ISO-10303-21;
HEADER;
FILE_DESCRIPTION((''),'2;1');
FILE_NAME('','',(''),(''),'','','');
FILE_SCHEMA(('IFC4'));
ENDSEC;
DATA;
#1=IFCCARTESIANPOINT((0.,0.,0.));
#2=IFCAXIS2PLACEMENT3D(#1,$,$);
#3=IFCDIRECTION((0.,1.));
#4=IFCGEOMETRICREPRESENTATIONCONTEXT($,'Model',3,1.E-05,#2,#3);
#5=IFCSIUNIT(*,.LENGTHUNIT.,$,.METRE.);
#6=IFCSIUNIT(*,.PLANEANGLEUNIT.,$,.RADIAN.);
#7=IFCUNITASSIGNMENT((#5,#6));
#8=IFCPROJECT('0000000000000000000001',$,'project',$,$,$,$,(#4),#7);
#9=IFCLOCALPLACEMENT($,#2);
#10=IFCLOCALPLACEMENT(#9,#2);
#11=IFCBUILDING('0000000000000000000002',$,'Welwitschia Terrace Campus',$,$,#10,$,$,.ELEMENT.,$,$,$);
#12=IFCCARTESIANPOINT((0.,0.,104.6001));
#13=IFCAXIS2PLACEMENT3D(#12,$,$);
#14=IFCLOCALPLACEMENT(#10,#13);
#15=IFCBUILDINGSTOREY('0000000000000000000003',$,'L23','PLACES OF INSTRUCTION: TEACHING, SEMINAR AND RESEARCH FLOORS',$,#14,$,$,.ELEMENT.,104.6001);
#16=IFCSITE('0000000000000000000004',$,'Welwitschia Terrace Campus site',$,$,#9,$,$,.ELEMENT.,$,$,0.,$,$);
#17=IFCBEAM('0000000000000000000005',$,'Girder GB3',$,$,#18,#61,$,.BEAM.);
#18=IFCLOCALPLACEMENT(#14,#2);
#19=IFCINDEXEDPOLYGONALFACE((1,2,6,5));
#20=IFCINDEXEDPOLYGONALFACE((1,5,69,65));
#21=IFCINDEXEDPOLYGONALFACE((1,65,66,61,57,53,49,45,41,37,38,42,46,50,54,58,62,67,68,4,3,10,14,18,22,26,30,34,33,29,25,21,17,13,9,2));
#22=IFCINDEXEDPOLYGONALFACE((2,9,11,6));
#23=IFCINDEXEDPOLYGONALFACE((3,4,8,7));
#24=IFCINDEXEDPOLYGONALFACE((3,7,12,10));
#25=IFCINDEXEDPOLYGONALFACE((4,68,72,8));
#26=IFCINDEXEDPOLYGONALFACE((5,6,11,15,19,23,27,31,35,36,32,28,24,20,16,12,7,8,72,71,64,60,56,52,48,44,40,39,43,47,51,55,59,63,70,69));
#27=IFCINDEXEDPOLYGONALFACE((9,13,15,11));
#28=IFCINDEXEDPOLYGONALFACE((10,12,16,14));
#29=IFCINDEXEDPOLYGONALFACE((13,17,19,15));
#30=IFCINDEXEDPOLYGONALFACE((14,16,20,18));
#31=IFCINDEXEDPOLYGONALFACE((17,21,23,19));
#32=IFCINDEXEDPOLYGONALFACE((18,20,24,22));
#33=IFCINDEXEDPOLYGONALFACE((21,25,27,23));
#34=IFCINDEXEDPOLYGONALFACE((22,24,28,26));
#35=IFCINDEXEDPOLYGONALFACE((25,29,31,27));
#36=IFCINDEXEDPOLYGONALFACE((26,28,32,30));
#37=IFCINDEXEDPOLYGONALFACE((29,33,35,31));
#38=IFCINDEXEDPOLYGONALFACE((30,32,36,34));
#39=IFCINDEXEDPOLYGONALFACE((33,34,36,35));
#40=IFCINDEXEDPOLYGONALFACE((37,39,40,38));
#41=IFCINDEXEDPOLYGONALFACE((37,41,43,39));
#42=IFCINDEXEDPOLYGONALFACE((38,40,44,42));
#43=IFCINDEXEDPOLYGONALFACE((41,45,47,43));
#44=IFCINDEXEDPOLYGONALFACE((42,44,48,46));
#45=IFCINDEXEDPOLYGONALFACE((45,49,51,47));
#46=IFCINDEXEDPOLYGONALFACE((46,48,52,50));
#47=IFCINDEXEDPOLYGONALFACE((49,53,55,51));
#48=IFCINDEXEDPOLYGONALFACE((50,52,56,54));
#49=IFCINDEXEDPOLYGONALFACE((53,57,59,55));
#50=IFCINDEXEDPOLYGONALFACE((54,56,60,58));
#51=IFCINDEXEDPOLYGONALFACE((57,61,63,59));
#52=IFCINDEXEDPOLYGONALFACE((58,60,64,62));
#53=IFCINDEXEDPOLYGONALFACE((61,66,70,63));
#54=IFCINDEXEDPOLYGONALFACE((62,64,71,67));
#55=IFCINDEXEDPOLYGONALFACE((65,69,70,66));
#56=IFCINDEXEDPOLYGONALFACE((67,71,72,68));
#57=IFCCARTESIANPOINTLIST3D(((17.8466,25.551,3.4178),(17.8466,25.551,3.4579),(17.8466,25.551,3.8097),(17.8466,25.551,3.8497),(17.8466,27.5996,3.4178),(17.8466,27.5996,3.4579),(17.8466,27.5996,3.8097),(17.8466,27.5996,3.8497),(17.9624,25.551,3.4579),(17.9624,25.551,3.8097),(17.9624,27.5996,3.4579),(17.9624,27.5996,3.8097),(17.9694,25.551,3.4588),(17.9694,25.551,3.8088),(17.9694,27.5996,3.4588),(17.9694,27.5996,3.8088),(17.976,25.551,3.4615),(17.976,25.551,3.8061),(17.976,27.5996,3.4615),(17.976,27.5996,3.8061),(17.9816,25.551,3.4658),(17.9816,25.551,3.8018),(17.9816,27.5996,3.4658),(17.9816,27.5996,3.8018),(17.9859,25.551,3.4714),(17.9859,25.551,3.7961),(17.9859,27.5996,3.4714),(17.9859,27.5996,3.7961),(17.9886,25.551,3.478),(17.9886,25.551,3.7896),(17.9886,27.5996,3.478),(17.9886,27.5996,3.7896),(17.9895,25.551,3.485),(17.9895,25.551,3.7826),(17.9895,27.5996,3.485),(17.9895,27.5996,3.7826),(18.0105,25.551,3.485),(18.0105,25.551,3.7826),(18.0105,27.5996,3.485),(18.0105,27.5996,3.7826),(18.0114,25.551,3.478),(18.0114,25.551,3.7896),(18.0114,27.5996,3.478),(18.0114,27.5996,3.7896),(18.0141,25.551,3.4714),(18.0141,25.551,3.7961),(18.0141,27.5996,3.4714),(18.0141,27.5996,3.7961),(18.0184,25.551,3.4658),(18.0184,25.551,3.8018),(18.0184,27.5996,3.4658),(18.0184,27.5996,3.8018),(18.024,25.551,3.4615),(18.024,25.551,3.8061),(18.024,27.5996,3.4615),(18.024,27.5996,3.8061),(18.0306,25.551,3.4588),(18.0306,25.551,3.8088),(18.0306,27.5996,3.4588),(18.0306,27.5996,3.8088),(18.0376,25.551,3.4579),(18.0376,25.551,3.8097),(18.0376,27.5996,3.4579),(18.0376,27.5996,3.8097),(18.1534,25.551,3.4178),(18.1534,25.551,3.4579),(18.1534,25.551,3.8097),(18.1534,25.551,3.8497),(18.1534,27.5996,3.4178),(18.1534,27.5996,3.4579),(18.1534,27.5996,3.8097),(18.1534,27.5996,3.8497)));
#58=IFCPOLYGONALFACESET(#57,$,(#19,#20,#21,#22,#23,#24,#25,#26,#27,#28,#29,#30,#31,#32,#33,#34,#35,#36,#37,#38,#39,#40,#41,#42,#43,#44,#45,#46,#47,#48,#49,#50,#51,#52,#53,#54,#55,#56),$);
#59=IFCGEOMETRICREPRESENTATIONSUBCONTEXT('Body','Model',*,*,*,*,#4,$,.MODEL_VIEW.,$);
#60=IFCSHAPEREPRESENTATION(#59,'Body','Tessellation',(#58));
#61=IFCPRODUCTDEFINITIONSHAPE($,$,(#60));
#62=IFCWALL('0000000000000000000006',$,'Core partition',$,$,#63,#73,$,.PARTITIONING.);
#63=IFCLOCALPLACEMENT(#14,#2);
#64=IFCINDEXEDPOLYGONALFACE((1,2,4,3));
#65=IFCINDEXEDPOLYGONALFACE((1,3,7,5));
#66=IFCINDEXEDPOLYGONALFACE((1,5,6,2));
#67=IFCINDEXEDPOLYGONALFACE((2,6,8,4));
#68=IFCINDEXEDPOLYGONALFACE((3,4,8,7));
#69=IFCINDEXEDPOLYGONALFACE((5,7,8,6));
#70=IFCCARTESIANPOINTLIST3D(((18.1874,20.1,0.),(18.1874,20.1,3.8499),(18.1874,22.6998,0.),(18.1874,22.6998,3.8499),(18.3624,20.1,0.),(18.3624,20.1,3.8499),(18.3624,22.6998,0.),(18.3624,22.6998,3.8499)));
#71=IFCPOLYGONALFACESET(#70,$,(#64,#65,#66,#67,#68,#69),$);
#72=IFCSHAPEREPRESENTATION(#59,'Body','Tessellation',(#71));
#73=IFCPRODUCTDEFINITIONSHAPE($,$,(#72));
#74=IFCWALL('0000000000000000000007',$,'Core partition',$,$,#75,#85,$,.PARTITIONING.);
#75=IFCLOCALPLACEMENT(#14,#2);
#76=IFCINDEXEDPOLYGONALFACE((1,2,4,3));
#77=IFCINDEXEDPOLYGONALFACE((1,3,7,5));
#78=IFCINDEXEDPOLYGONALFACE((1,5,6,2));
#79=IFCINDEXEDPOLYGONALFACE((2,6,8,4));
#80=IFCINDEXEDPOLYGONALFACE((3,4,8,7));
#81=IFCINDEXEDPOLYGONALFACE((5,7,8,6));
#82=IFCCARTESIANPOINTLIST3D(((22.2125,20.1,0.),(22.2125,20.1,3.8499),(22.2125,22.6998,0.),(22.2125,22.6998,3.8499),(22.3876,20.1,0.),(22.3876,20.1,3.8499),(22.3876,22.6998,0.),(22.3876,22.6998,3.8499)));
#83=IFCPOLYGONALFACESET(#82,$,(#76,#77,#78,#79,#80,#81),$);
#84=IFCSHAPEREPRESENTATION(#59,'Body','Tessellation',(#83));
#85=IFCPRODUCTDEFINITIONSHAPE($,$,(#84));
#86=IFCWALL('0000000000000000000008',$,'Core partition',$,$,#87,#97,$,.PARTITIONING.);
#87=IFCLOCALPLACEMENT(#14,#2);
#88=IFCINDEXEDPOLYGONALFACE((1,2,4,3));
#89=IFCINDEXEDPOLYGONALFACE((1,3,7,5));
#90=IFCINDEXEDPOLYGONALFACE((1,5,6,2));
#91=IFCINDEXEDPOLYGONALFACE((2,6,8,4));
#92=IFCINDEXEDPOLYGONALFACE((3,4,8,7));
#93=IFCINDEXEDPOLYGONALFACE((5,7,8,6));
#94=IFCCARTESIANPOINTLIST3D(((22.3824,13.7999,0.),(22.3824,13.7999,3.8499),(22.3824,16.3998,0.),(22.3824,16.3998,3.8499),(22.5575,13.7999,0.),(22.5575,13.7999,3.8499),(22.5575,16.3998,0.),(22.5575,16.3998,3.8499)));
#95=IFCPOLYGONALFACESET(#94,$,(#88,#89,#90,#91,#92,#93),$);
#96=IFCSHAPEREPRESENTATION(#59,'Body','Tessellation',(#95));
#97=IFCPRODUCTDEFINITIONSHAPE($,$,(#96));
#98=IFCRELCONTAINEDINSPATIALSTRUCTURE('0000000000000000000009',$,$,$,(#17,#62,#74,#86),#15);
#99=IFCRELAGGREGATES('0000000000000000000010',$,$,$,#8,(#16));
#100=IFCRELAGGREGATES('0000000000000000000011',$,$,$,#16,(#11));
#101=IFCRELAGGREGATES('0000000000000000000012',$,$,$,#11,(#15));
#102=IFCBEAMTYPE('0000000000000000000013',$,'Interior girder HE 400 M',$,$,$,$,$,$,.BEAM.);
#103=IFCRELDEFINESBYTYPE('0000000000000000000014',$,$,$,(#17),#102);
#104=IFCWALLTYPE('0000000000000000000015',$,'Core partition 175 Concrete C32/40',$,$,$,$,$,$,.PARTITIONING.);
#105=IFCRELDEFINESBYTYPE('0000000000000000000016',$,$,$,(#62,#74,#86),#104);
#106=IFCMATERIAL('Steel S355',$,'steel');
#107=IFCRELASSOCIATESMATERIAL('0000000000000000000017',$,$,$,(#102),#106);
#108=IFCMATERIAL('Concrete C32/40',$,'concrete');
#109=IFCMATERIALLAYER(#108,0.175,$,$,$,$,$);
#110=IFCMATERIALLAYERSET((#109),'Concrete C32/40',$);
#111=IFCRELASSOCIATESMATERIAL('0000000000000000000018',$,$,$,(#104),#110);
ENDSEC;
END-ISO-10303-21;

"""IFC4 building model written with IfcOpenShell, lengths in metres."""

from ifc_helpers import new_model, si_unit, direction, frame, frame_2d, origin, origin_2d, place, context, subcontext, project, spatial, rectangle, i_section, extrude, material, layer, layer_set, material_profile, profile_set, type_object, element, save


model = new_model("IFC4")

# Units and contexts
model_context = context("Model", 3, precision=1e-05, world=origin(), true_north=direction((0.0, 1.0)))
body_context = subcontext(model_context, "Body", "Model", "MODEL_VIEW")
ifc_project = project(units=[si_unit("LENGTHUNIT", "METRE"), si_unit("PLANEANGLEUNIT", "RADIAN")], contexts=[model_context])

# Site, building, storey
site_placement = place(None, origin())
site = spatial("IfcSite", under=ifc_project, at=site_placement, Name="Welwitschia Terrace Campus site", CompositionType="ELEMENT", RefElevation=0.0)
building_placement = place(site_placement, origin())
building = spatial("IfcBuilding", under=site, at=building_placement, Name="Welwitschia Terrace Campus", CompositionType="ELEMENT")
storey_placement = place(building_placement, frame((0.0, 0.0, 104.6001)))
storey = spatial("IfcBuildingStorey", under=building, at=storey_placement, Name="L23", Description="PLACES OF INSTRUCTION: TEACHING, SEMINAR AND RESEARCH FLOORS", CompositionType="ELEMENT", Elevation=104.6001)

# Beam
ifc_material_1 = material(Name="Steel S355", Category="steel")
ifc_material_profile = material_profile(ifc_material_1, i_section(OverallWidth=0.3069, OverallDepth=0.4319, WebThickness=0.021, FlangeThickness=0.04, FilletRadius=0.0271, at=origin_2d()))
ifc_profile_set = profile_set([ifc_material_profile], Name="Steel S355")
beam_type = type_object("IfcBeamType", Name="Interior girder HE 400 M", PredefinedType="BEAM", material=ifc_profile_set)
beam_placement = place(storey_placement, frame((18.0, 25.551, 3.6338), z_axis=(0.0, 1.0, 0.0), x_axis=(-1.0, 0.0, 0.0)))
element("IfcBeam", 1, at=beam_placement, inside=storey, type_object=beam_type, Name="Girder GB3", PredefinedType="BEAM", context=body_context, shape_type="SweptSolid", body=[
    extrude(i_section(OverallWidth=0.3069, OverallDepth=0.4319, WebThickness=0.021, FlangeThickness=0.04, FilletRadius=0.0271, at=origin_2d()), origin(), (0.0, 0.0, 1.0), 2.0486),
])

# Walls
ifc_material_2 = material(Name="Concrete C32/40", Category="concrete")
ifc_layer_1 = layer(ifc_material_2, 0.175)
ifc_layer_set_1 = layer_set([ifc_layer_1], Name="Concrete C32/40")
wall_type_1 = type_object("IfcWallType", Name="Core partition 175 Concrete C32/40", PredefinedType="PARTITIONING", material=ifc_layer_set_1)
for number, where, z_axis, x_axis, name in (
    (2, (18.2749, 20.1001, 0.0), (0.0, 0.0, 1.0), (0.0, 1.0, 0.0), "Core partition"),
    (3, (22.3, 20.1001, 0.0), (0.0, 0.0, 1.0), (0.0, 1.0, 0.0), "Core partition"),
    (4, (22.47, 13.8, 0.0), (0.0, 0.0, 1.0), (0.0, 1.0, 0.0), "Core partition"),
):
    element("IfcWall", number, at=place(storey_placement, frame(where, z_axis=z_axis, x_axis=x_axis)), inside=storey, type_object=wall_type_1, Name=name, PredefinedType="PARTITIONING", context=body_context, shape_type="SweptSolid", body=[
        extrude(rectangle(XDim=2.5999, YDim=0.175, at=frame_2d((1.2998, 0.0))), origin(), (0.0, 0.0, 1.0), 3.8499),
    ])

save(model, "model.ifc")
